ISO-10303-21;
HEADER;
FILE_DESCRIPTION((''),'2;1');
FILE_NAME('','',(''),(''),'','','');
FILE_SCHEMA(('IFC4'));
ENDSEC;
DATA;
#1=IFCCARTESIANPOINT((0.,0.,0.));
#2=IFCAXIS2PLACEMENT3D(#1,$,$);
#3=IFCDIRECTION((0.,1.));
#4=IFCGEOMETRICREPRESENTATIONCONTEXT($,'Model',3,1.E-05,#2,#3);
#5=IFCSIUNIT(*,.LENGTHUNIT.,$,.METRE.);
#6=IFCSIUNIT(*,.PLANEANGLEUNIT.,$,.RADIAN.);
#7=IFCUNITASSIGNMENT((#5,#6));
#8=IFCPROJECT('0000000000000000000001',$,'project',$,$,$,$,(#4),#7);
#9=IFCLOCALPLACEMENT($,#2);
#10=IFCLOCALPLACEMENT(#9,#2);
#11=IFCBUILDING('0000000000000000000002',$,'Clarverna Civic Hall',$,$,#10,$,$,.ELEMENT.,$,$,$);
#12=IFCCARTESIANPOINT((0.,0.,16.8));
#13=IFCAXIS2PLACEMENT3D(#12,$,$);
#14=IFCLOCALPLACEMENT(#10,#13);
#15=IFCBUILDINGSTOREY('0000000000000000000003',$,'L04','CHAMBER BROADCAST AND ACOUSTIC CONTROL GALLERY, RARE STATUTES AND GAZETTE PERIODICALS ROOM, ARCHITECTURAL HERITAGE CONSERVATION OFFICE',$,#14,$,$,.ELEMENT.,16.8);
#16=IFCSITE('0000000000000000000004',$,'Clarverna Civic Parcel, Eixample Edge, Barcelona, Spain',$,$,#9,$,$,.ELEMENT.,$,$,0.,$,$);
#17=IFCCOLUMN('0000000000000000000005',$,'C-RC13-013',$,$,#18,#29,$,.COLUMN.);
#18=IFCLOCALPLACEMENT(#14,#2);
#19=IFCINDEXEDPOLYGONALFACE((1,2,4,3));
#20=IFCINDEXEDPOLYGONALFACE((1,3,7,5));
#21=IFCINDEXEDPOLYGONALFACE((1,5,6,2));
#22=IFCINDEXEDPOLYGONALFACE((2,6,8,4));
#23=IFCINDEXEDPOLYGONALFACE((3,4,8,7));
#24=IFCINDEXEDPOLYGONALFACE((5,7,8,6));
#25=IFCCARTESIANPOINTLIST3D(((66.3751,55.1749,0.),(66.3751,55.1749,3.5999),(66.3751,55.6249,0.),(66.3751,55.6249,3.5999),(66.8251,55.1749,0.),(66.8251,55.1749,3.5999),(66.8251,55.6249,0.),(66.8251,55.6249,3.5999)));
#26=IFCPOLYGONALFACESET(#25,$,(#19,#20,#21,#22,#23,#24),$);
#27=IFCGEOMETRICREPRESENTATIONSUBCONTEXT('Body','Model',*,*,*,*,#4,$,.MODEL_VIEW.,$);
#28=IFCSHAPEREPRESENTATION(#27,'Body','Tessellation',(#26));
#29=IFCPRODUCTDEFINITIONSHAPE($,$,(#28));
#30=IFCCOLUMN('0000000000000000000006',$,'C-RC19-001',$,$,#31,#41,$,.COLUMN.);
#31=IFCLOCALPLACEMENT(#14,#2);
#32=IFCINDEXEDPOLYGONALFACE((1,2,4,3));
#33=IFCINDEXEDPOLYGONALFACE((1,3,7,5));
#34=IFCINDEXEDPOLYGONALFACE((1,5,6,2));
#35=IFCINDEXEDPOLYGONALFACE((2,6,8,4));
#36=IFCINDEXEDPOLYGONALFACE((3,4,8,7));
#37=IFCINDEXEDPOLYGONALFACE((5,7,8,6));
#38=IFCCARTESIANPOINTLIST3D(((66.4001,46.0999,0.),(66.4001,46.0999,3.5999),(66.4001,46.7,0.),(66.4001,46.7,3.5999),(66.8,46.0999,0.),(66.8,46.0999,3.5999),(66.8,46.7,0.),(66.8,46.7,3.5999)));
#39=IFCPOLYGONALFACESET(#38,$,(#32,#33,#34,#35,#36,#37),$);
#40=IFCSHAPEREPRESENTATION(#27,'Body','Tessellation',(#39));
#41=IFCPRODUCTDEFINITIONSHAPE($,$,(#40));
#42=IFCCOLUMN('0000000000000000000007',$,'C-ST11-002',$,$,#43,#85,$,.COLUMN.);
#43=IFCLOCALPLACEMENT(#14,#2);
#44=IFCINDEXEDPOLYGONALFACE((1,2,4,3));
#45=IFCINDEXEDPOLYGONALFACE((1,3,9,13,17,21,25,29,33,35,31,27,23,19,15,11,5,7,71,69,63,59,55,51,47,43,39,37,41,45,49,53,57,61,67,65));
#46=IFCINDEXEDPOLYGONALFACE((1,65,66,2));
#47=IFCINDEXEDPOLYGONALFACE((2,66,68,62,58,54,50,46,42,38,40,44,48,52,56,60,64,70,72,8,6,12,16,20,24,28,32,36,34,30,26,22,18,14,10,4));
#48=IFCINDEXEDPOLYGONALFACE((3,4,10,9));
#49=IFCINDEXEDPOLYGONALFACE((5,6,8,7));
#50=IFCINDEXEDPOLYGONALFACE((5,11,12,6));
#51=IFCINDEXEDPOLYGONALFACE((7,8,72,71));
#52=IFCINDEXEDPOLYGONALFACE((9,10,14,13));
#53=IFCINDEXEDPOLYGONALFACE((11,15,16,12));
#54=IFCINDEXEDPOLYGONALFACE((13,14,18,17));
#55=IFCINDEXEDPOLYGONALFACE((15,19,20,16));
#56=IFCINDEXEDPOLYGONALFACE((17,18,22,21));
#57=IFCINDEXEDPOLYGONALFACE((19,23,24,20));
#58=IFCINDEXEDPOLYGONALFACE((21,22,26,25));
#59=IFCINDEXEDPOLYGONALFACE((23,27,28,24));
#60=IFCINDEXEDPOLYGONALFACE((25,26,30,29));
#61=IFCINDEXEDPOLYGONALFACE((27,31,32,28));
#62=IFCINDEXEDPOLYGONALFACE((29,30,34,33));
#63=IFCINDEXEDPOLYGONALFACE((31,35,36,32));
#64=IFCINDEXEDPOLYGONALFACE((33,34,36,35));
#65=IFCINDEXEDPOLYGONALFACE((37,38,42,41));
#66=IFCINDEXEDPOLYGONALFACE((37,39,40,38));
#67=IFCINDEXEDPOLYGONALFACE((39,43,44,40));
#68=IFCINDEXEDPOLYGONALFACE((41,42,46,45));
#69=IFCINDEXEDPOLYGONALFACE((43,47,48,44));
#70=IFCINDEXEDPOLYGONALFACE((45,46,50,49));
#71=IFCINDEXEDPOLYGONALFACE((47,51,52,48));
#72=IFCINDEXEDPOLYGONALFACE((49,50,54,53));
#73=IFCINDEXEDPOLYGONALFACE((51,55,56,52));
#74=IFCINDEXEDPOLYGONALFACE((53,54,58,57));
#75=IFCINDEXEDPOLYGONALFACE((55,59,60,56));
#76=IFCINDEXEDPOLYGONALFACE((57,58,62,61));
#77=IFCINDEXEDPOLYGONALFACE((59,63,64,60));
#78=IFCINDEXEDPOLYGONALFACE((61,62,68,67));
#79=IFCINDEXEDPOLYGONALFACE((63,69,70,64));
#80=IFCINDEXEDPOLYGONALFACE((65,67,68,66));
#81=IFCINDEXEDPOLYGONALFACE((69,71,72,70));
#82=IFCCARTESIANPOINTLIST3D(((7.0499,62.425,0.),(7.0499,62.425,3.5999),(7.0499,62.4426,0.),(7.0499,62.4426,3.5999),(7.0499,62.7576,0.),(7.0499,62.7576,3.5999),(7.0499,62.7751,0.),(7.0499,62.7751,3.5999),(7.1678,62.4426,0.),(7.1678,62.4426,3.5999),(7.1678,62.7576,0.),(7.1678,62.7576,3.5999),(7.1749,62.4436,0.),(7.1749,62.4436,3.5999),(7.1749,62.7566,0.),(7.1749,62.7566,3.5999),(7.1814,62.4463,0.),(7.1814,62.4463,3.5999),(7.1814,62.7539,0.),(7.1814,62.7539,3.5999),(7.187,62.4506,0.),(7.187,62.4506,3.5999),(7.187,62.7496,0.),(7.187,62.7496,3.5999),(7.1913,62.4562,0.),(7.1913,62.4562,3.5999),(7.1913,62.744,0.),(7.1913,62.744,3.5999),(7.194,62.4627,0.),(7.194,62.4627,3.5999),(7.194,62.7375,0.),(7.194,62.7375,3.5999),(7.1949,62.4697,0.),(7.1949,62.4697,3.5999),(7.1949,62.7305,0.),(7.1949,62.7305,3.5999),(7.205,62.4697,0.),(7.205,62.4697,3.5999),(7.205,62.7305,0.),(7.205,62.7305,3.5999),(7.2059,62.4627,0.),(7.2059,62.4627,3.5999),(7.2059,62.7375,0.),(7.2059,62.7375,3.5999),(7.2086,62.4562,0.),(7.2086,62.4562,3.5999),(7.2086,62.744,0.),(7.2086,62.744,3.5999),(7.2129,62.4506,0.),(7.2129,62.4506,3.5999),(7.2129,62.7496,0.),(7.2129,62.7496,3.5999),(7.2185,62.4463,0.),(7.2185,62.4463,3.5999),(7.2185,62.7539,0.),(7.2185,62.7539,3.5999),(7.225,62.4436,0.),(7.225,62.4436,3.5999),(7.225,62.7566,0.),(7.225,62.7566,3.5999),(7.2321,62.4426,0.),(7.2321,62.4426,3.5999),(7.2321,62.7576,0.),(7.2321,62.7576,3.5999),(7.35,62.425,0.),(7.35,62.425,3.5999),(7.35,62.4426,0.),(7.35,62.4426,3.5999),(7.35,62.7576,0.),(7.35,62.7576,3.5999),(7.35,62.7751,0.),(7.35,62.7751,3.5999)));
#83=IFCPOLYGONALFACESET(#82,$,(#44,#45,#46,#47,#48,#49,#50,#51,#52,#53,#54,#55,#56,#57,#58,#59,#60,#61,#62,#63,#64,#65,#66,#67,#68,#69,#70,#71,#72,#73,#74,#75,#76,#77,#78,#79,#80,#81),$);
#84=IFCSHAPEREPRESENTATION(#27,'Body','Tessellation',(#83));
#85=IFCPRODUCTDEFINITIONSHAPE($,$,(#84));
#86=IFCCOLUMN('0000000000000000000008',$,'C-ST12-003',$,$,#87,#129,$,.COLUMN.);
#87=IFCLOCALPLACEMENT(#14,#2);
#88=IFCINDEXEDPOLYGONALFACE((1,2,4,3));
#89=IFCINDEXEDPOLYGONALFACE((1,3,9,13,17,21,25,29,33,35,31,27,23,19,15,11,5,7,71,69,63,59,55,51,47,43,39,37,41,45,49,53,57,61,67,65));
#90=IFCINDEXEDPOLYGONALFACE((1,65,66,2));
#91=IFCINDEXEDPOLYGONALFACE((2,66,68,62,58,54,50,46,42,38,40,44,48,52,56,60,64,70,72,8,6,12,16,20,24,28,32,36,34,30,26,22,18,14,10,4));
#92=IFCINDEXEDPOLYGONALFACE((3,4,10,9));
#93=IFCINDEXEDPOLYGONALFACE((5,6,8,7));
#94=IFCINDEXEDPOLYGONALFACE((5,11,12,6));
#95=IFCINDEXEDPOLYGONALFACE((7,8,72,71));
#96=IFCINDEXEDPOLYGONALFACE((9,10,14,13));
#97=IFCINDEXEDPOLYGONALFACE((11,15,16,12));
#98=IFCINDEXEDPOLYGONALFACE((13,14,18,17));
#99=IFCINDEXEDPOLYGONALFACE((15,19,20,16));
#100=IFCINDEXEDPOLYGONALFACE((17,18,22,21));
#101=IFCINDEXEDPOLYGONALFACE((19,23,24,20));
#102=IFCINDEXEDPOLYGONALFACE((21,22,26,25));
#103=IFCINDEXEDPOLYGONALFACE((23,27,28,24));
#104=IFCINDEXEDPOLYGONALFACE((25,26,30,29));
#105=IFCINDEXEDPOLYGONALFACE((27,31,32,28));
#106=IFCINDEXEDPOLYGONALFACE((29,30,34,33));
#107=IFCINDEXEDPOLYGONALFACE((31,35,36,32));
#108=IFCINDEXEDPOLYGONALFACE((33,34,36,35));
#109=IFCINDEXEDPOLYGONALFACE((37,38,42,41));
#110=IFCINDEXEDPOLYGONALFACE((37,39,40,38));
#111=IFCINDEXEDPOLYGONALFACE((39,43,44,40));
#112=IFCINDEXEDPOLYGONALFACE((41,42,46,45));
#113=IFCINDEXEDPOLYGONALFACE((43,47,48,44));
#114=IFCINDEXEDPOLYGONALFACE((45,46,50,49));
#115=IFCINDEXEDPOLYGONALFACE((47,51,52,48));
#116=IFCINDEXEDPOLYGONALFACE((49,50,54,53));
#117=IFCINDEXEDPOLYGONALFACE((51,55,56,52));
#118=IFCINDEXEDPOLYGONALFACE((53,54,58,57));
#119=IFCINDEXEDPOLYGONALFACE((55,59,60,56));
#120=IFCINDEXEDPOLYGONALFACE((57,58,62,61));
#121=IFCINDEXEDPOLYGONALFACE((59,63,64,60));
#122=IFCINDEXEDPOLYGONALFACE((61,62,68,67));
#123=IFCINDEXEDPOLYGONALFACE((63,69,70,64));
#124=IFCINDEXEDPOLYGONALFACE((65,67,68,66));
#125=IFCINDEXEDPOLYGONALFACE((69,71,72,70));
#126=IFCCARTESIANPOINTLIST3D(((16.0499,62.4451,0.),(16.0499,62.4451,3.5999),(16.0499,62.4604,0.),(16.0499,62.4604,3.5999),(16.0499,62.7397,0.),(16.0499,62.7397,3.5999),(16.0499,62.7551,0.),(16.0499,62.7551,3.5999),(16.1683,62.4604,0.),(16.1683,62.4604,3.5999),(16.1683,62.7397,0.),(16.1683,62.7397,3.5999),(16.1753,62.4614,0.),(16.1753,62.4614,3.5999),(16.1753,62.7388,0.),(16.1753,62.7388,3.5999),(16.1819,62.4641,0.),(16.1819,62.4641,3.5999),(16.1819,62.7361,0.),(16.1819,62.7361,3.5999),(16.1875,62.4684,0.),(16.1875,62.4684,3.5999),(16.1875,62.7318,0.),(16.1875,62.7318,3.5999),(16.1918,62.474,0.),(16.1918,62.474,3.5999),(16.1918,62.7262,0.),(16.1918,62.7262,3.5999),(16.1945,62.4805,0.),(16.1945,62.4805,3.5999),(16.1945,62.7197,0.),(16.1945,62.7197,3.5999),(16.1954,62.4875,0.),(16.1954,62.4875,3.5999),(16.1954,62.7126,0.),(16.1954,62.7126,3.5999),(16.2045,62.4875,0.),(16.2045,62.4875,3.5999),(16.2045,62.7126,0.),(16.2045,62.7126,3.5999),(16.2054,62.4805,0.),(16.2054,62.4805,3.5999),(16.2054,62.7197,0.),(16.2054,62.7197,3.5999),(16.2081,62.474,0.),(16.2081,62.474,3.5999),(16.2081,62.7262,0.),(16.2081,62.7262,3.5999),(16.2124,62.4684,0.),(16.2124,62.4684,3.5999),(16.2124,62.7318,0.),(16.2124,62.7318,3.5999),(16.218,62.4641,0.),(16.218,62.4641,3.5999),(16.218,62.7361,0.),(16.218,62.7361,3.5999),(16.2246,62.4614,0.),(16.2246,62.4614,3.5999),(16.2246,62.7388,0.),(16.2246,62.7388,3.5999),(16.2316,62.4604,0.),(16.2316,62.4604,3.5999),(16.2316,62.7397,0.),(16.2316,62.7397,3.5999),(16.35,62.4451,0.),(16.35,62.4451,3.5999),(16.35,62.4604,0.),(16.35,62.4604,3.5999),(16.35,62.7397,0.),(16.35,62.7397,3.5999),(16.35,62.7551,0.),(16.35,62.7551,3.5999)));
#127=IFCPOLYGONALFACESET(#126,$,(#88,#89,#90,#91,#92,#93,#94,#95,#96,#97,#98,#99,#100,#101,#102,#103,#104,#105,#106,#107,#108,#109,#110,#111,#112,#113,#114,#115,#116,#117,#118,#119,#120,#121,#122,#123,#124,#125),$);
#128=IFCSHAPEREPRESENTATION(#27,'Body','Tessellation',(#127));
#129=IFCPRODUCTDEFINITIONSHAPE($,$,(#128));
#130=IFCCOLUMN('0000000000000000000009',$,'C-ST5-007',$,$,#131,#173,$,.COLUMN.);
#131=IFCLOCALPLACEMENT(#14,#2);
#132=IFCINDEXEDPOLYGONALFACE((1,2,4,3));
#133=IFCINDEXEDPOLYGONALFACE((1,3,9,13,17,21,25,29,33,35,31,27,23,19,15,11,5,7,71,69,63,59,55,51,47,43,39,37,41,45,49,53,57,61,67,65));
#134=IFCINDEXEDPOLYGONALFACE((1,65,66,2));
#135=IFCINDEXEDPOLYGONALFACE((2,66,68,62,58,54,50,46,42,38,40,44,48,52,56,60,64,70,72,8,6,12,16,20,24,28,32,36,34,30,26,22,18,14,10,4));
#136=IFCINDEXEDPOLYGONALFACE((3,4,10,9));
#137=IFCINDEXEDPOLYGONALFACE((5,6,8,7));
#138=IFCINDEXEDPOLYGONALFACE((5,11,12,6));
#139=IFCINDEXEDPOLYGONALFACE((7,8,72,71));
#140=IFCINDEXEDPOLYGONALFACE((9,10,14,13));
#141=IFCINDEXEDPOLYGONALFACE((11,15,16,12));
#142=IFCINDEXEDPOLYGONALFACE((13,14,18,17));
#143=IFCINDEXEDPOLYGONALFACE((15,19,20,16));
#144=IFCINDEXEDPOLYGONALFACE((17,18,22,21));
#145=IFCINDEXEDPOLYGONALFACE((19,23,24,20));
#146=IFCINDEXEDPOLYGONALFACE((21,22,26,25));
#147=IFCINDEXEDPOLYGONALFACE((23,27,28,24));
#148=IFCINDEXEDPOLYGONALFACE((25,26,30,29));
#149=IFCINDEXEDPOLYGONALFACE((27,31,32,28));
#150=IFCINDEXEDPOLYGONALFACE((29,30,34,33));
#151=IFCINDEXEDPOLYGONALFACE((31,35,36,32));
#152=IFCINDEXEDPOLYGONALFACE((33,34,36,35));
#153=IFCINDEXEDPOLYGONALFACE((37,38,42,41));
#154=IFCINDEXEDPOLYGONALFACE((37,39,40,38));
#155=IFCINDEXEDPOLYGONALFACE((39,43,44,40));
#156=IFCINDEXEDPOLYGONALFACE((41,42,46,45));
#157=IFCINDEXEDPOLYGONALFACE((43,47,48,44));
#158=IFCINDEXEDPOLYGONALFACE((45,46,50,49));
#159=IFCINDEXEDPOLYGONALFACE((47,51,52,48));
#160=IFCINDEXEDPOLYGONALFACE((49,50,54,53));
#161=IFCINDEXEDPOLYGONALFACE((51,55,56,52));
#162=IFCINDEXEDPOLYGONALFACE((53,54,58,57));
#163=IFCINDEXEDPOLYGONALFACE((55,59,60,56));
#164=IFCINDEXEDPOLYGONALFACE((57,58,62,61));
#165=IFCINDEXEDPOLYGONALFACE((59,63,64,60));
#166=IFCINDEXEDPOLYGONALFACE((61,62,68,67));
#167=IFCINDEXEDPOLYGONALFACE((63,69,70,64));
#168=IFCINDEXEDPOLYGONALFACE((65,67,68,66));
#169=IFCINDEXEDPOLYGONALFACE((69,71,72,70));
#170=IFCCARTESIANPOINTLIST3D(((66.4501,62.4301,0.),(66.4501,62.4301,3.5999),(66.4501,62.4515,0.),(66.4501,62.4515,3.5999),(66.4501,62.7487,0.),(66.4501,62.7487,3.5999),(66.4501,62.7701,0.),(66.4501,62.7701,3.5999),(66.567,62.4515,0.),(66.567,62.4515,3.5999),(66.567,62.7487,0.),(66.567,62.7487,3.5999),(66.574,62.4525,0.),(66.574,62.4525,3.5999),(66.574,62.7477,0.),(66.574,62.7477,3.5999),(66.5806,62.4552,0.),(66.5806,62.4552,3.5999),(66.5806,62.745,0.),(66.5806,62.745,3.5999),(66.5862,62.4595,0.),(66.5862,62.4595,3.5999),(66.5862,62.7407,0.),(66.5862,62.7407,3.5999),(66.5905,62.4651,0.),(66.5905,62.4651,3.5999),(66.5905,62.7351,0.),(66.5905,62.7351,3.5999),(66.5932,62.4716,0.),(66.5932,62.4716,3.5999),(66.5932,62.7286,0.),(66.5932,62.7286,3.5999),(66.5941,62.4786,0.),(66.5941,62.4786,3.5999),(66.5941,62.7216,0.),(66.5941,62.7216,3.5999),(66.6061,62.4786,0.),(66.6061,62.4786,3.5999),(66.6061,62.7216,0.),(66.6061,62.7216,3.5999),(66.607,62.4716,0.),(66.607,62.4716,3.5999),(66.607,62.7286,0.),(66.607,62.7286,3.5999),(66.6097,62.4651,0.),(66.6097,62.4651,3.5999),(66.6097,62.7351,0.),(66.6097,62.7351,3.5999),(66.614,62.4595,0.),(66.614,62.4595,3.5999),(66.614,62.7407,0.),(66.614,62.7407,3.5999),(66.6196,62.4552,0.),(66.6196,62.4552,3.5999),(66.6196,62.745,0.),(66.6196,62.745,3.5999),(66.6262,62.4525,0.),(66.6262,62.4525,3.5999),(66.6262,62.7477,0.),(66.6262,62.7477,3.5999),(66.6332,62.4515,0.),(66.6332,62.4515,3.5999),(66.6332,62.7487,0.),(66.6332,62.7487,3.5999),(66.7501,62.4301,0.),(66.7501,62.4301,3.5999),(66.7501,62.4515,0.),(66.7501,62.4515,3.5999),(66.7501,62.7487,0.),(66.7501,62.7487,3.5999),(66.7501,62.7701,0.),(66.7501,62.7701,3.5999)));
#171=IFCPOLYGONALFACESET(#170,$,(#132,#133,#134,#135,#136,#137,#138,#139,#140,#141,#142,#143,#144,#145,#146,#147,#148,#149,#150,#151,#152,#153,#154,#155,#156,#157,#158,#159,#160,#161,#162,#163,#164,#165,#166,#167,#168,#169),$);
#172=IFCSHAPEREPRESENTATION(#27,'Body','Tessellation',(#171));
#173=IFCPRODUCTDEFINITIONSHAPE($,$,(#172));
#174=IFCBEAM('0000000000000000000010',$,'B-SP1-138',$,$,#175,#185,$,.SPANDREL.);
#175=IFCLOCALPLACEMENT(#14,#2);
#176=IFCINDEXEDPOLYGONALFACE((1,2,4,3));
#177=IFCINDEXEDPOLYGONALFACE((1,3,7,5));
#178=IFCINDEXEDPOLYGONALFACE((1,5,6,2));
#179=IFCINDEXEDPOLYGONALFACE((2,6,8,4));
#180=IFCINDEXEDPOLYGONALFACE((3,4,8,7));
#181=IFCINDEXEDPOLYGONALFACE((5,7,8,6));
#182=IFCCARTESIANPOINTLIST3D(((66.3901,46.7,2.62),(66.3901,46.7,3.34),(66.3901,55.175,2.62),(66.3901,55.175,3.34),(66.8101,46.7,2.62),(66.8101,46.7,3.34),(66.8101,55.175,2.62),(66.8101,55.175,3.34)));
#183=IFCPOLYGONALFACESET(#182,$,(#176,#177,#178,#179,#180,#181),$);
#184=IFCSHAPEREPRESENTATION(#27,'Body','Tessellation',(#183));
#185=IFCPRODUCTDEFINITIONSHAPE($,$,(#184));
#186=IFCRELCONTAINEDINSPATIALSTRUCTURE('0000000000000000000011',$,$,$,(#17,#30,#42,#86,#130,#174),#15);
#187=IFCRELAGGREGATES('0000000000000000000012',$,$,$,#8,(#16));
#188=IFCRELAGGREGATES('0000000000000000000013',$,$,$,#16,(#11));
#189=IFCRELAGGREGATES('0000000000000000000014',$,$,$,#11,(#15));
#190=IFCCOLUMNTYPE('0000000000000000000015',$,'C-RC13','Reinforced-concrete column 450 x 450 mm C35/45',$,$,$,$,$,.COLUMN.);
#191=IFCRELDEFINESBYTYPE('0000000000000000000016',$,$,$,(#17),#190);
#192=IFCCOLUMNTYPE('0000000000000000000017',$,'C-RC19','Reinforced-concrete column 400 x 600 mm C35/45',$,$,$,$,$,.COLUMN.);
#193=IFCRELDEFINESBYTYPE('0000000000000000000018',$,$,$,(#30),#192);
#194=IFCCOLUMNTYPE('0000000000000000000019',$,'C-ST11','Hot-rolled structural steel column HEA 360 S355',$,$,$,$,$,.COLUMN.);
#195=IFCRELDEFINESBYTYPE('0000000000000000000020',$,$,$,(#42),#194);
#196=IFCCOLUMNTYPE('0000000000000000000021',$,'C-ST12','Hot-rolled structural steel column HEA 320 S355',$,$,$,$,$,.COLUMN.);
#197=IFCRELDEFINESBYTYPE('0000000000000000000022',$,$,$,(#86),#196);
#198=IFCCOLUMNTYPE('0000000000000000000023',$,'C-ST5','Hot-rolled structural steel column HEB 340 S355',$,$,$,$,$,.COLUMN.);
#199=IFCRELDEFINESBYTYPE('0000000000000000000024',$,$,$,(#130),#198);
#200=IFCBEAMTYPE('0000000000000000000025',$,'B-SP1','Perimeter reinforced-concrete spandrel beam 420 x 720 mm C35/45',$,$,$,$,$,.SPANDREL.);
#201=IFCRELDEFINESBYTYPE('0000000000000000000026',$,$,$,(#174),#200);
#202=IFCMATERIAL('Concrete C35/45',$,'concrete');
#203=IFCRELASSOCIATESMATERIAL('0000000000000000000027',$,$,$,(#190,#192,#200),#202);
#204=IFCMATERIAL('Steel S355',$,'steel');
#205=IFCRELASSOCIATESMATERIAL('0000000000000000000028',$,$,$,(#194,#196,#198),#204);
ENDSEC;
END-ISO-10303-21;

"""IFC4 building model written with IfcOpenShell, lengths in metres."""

from ifc_helpers import new_model, si_unit, direction, frame, origin, origin_2d, place, context, subcontext, project, spatial, rectangle, i_section, extrude, material, material_profile, profile_set, type_object, element, save


model = new_model("IFC4")

# Units and contexts
model_context = context("Model", 3, precision=1e-05, world=origin(), true_north=direction((0.0, 1.0)))
body_context = subcontext(model_context, "Body", "Model", "MODEL_VIEW")
ifc_project = project(units=[si_unit("LENGTHUNIT", "METRE"), si_unit("PLANEANGLEUNIT", "RADIAN")], contexts=[model_context])

# Site, building, storey
site_placement = place(None, origin())
site = spatial("IfcSite", under=ifc_project, at=site_placement, Name="Clarverna Civic Parcel, Eixample Edge, Barcelona, Spain", CompositionType="ELEMENT", RefElevation=0.0)
building_placement = place(site_placement, origin())
building = spatial("IfcBuilding", under=site, at=building_placement, Name="Clarverna Civic Hall", CompositionType="ELEMENT")
storey_placement = place(building_placement, frame((0.0, 0.0, 16.8)))
storey = spatial("IfcBuildingStorey", under=building, at=storey_placement, Name="L04", Description="CHAMBER BROADCAST AND ACOUSTIC CONTROL GALLERY, RARE STATUTES AND GAZETTE PERIODICALS ROOM, ARCHITECTURAL HERITAGE CONSERVATION OFFICE", CompositionType="ELEMENT", Elevation=16.8)

# Columns
ifc_material_1 = material(Name="Concrete C35/45", Category="concrete")
ifc_material_profile_1 = material_profile(ifc_material_1, rectangle(XDim=0.45, YDim=0.45, at=origin_2d()), Name="RC 450x450")
ifc_profile_set_1 = profile_set([ifc_material_profile_1], Name="Concrete C35/45")
column_type_1 = type_object("IfcColumnType", Name="C-RC13", Description="Reinforced-concrete column 450 x 450 mm C35/45", PredefinedType="COLUMN", material=ifc_profile_set_1)
column_1_placement = place(storey_placement, frame((66.6001, 55.3999, 0.0), z_axis=(0.0, 0.0, 1.0), x_axis=(1.0, 0.0, 0.0)))
element("IfcColumn", 1, at=column_1_placement, inside=storey, type_object=column_type_1, Name="C-RC13-013", PredefinedType="COLUMN", context=body_context, shape_type="SweptSolid", body=[
    extrude(rectangle(XDim=0.45, YDim=0.45, at=origin_2d()), origin(), (0.0, 0.0, 1.0), 3.5999),
])
ifc_material_profile_2 = material_profile(ifc_material_1, rectangle(XDim=0.3999, YDim=0.6001, at=origin_2d()), Name="RC 400x600")
ifc_profile_set_2 = profile_set([ifc_material_profile_2], Name="Concrete C35/45")
column_type_2 = type_object("IfcColumnType", Name="C-RC19", Description="Reinforced-concrete column 400 x 600 mm C35/45", PredefinedType="COLUMN", material=ifc_profile_set_2)
column_2_placement = place(storey_placement, frame((66.6001, 46.3999, 0.0), z_axis=(0.0, 0.0, 1.0), x_axis=(1.0, 0.0, 0.0)))
element("IfcColumn", 2, at=column_2_placement, inside=storey, type_object=column_type_2, Name="C-RC19-001", PredefinedType="COLUMN", context=body_context, shape_type="SweptSolid", body=[
    extrude(rectangle(XDim=0.3999, YDim=0.6001, at=origin_2d()), origin(), (0.0, 0.0, 1.0), 3.5999),
])
ifc_material_2 = material(Name="Steel S355", Category="steel")
ifc_material_profile_3 = material_profile(ifc_material_2, i_section(OverallWidth=0.3, OverallDepth=0.3501, WebThickness=0.01, FlangeThickness=0.0176, FilletRadius=0.0271, at=origin_2d()), Name="HEA 360")
ifc_profile_set_3 = profile_set([ifc_material_profile_3], Name="Steel S355")
column_type_3 = type_object("IfcColumnType", Name="C-ST11", Description="Hot-rolled structural steel column HEA 360 S355", PredefinedType="COLUMN", material=ifc_profile_set_3)
column_3_placement = place(storey_placement, frame((7.2, 62.6001, 0.0), z_axis=(0.0, 0.0, 1.0), x_axis=(1.0, 0.0, 0.0)))
element("IfcColumn", 3, at=column_3_placement, inside=storey, type_object=column_type_3, Name="C-ST11-002", PredefinedType="COLUMN", context=body_context, shape_type="SweptSolid", body=[
    extrude(i_section(OverallWidth=0.3, OverallDepth=0.3501, WebThickness=0.01, FlangeThickness=0.0176, FilletRadius=0.0271, at=origin_2d()), origin(), (0.0, 0.0, 1.0), 3.5999),
])
ifc_material_profile_4 = material_profile(ifc_material_2, i_section(OverallWidth=0.3, OverallDepth=0.3101, WebThickness=0.009, FlangeThickness=0.0154, FilletRadius=0.0271, at=origin_2d()), Name="HEA 320")
ifc_profile_set_4 = profile_set([ifc_material_profile_4], Name="Steel S355")
column_type_4 = type_object("IfcColumnType", Name="C-ST12", Description="Hot-rolled structural steel column HEA 320 S355", PredefinedType="COLUMN", material=ifc_profile_set_4)
column_4_placement = place(storey_placement, frame((16.2, 62.6001, 0.0), z_axis=(0.0, 0.0, 1.0), x_axis=(1.0, 0.0, 0.0)))
element("IfcColumn", 4, at=column_4_placement, inside=storey, type_object=column_type_4, Name="C-ST12-003", PredefinedType="COLUMN", context=body_context, shape_type="SweptSolid", body=[
    extrude(i_section(OverallWidth=0.3, OverallDepth=0.3101, WebThickness=0.009, FlangeThickness=0.0154, FilletRadius=0.0271, at=origin_2d()), origin(), (0.0, 0.0, 1.0), 3.5999),
])
ifc_material_profile_5 = material_profile(ifc_material_2, i_section(OverallWidth=0.3, OverallDepth=0.3401, WebThickness=0.012, FlangeThickness=0.0215, FilletRadius=0.0271, at=origin_2d()), Name="HEB 340")
ifc_profile_set_5 = profile_set([ifc_material_profile_5], Name="Steel S355")
column_type_5 = type_object("IfcColumnType", Name="C-ST5", Description="Hot-rolled structural steel column HEB 340 S355", PredefinedType="COLUMN", material=ifc_profile_set_5)
column_5_placement = place(storey_placement, frame((66.6001, 62.6001, 0.0), z_axis=(0.0, 0.0, 1.0), x_axis=(1.0, 0.0, 0.0)))
element("IfcColumn", 5, at=column_5_placement, inside=storey, type_object=column_type_5, Name="C-ST5-007", PredefinedType="COLUMN", context=body_context, shape_type="SweptSolid", body=[
    extrude(i_section(OverallWidth=0.3, OverallDepth=0.3401, WebThickness=0.012, FlangeThickness=0.0215, FilletRadius=0.0271, at=origin_2d()), origin(), (0.0, 0.0, 1.0), 3.5999),
])

# Beam
ifc_material_profile_6 = material_profile(ifc_material_1, rectangle(XDim=0.4199, YDim=0.72, at=origin_2d()), Name="RC 420x720")
ifc_profile_set_6 = profile_set([ifc_material_profile_6], Name="Concrete C35/45")
beam_type_1 = type_object("IfcBeamType", Name="B-SP1", Description="Perimeter reinforced-concrete spandrel beam 420 x 720 mm C35/45", PredefinedType="SPANDREL", material=ifc_profile_set_6)
beam_1_placement = place(storey_placement, frame((66.6001, 46.7, 2.98), z_axis=(0.0, 1.0, 0.0), x_axis=(-1.0, 0.0, 0.0)))
element("IfcBeam", 6, at=beam_1_placement, inside=storey, type_object=beam_type_1, Name="B-SP1-138", PredefinedType="SPANDREL", context=body_context, shape_type="SweptSolid", body=[
    extrude(rectangle(XDim=0.4199, YDim=0.72, at=origin_2d()), origin(), (0.0, 0.0, 1.0), 8.4751),
])

save(model, "model.ifc")
